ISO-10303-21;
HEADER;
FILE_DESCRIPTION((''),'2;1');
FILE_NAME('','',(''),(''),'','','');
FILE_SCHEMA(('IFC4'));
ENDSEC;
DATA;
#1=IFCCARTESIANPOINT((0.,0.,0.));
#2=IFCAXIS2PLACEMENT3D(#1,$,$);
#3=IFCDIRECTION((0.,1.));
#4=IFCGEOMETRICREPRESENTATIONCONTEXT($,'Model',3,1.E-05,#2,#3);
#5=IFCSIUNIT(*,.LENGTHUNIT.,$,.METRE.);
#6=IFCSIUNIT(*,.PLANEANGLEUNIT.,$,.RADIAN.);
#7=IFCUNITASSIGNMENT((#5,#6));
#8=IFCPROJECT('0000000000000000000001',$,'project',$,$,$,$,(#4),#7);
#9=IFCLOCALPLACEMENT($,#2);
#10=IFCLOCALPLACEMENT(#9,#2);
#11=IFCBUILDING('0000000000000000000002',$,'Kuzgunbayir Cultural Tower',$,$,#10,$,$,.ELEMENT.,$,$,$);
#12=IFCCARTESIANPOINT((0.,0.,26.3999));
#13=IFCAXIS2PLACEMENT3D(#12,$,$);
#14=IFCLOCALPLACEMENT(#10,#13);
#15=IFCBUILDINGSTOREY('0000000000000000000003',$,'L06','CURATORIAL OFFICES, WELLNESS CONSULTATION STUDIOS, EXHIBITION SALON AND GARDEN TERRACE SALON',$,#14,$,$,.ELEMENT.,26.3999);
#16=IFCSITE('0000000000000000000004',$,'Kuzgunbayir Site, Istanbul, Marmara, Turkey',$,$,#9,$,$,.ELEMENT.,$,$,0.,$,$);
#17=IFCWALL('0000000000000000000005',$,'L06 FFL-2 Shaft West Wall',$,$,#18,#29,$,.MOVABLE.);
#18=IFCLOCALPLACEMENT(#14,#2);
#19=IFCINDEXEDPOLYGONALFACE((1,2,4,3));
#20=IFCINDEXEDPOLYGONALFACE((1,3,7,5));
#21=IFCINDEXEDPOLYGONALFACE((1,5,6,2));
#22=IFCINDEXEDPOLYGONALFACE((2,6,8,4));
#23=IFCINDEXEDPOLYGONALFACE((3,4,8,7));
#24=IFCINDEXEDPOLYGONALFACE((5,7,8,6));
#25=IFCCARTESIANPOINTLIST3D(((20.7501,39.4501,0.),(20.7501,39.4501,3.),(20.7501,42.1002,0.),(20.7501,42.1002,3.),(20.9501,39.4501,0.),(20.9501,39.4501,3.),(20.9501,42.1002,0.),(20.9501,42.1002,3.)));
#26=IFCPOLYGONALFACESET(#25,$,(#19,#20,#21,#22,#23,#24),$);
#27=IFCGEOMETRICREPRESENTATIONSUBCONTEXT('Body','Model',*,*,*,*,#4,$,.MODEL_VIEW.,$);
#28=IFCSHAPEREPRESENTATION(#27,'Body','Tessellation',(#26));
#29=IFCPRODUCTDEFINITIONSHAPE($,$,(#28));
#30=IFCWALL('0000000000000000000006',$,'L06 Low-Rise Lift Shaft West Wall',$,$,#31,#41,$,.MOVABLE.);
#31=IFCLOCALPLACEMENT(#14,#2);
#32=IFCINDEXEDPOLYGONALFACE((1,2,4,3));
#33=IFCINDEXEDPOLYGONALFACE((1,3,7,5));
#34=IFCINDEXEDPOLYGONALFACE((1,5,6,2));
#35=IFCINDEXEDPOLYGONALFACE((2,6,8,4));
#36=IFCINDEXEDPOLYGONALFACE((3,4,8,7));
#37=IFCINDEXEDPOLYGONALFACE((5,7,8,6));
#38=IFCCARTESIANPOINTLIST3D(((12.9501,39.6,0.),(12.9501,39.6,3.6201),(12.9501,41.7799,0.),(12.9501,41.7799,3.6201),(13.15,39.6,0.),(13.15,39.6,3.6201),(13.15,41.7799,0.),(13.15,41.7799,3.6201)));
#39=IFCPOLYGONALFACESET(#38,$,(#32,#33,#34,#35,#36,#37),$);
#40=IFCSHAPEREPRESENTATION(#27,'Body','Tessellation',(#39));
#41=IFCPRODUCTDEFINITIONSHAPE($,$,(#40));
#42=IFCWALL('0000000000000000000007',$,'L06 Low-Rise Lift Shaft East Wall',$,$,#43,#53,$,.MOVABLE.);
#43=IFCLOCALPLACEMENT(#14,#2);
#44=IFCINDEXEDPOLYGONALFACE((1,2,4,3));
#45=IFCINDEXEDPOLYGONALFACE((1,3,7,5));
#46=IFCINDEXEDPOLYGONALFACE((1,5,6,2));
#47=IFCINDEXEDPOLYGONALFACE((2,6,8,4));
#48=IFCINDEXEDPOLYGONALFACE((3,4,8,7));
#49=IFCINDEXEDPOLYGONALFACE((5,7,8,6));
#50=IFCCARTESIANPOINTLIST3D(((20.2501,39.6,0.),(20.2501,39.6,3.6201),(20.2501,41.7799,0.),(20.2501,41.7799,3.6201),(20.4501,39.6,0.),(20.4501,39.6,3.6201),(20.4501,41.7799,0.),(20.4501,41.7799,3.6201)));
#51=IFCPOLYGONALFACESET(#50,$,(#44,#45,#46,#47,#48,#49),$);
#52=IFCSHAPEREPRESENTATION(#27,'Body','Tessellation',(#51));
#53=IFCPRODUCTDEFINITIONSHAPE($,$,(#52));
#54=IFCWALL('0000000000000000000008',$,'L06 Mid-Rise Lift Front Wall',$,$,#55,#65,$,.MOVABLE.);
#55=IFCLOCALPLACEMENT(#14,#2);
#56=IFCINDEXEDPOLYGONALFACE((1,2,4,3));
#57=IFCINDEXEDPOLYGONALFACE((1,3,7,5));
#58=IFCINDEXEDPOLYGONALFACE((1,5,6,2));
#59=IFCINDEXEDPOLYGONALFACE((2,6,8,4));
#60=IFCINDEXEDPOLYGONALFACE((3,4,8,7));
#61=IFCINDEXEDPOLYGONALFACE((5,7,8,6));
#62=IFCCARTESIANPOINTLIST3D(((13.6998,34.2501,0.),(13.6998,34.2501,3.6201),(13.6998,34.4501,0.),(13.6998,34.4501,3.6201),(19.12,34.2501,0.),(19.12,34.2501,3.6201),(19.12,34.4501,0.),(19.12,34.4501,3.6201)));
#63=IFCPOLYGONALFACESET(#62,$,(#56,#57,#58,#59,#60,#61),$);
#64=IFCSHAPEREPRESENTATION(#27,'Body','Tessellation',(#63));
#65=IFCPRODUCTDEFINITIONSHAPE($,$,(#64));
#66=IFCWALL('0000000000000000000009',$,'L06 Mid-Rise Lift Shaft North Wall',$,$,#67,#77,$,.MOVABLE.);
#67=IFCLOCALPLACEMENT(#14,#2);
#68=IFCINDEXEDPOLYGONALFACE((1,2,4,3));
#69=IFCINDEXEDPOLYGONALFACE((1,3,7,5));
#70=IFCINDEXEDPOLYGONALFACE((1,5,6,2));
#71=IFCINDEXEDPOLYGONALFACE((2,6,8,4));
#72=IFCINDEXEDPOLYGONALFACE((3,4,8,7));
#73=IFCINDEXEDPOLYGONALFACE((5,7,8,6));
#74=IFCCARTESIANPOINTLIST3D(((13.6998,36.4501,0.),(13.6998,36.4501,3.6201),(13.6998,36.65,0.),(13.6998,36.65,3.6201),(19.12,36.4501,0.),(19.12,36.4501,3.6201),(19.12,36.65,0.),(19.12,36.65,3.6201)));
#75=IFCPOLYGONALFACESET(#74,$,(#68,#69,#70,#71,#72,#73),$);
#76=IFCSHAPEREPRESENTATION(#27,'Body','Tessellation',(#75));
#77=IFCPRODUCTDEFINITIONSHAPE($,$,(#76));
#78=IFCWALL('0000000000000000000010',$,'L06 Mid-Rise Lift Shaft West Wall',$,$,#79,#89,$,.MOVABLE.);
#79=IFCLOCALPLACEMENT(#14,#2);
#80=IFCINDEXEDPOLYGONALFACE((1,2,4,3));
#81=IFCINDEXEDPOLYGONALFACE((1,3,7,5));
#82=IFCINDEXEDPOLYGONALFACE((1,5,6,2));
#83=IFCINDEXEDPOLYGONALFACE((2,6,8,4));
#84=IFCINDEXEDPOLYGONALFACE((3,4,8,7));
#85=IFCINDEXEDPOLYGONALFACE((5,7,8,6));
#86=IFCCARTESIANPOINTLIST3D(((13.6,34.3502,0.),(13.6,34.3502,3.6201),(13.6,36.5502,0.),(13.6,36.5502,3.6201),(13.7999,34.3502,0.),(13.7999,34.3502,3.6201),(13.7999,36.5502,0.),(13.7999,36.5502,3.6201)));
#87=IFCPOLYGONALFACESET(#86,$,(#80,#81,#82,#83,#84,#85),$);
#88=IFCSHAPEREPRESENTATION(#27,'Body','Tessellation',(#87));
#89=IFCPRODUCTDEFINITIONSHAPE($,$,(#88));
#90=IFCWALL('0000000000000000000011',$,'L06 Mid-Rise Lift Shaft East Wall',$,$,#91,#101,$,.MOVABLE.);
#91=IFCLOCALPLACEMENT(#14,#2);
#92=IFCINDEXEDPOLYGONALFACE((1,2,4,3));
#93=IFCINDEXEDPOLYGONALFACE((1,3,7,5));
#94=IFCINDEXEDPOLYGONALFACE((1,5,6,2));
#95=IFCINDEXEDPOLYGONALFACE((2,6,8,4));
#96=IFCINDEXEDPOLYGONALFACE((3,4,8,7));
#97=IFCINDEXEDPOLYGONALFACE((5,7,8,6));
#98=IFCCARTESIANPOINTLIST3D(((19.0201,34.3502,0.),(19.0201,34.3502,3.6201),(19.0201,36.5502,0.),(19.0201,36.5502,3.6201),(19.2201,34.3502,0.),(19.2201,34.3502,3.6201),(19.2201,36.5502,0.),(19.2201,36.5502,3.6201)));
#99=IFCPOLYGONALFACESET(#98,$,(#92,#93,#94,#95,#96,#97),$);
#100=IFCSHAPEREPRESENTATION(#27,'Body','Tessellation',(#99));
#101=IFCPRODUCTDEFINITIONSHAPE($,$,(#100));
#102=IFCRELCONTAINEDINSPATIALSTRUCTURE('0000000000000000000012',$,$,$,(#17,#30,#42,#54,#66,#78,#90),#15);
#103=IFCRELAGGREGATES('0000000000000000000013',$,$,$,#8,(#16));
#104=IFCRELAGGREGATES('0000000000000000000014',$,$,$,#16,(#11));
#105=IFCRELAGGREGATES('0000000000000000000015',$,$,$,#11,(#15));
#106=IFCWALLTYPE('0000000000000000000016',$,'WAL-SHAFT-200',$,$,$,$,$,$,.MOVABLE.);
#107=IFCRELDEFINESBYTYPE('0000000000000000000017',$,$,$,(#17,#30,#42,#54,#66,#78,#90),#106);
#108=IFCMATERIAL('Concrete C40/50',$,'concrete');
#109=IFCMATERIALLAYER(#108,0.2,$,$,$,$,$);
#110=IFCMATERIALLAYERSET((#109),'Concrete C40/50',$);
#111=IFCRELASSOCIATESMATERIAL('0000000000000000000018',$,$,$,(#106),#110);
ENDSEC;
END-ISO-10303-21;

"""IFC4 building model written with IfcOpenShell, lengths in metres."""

from ifc_helpers import new_model, si_unit, direction, frame, frame_2d, origin, place, context, subcontext, project, spatial, rectangle, extrude, material, layer, layer_set, type_object, element, save


model = new_model("IFC4")

# Units and contexts
model_context = context("Model", 3, precision=1e-05, world=origin(), true_north=direction((0.0, 1.0)))
body_context = subcontext(model_context, "Body", "Model", "MODEL_VIEW")
ifc_project = project(units=[si_unit("LENGTHUNIT", "METRE"), si_unit("PLANEANGLEUNIT", "RADIAN")], contexts=[model_context])

# Site, building, storey
site_placement = place(None, origin())
site = spatial("IfcSite", under=ifc_project, at=site_placement, Name="Kuzgunbayir Site, Istanbul, Marmara, Turkey", CompositionType="ELEMENT", RefElevation=0.0)
building_placement = place(site_placement, origin())
building = spatial("IfcBuilding", under=site, at=building_placement, Name="Kuzgunbayir Cultural Tower", CompositionType="ELEMENT")
storey_placement = place(building_placement, frame((0.0, 0.0, 26.3999)))
storey = spatial("IfcBuildingStorey", under=building, at=storey_placement, Name="L06", Description="CURATORIAL OFFICES, WELLNESS CONSULTATION STUDIOS, EXHIBITION SALON AND GARDEN TERRACE SALON", CompositionType="ELEMENT", Elevation=26.3999)

# Shared definitions
ifc_material_1 = material(Name="Concrete C40/50", Category="concrete")
ifc_layer_1 = layer(ifc_material_1, 0.2)
ifc_layer_set_1 = layer_set([ifc_layer_1], Name="Concrete C40/50")
wall_type_1 = type_object("IfcWallType", Name="WAL-SHAFT-200", PredefinedType="MOVABLE", material=ifc_layer_set_1)

# Wall
wall_1_placement = place(storey_placement, frame((20.8501, 39.45, 0.0), z_axis=(0.0, 0.0, 1.0), x_axis=(0.0, 1.0, 0.0)))
element("IfcWall", 1, at=wall_1_placement, inside=storey, type_object=wall_type_1, Name="L06 FFL-2 Shaft West Wall", PredefinedType="MOVABLE", context=body_context, shape_type="SweptSolid", body=[
    extrude(rectangle(XDim=2.6501, YDim=0.2, at=frame_2d((1.3252, 0.0))), origin(), (0.0, 0.0, 1.0), 3.0),
])

# Walls
for number, where, z_axis, x_axis, name in (
    (2, (13.05, 39.6001, 0.0), (0.0, 0.0, 1.0), (0.0, 1.0, 0.0), "L06 Low-Rise Lift Shaft West Wall"),
    (3, (20.3501, 39.6001, 0.0), (0.0, 0.0, 1.0), (0.0, 1.0, 0.0), "L06 Low-Rise Lift Shaft East Wall"),
):
    element("IfcWall", number, at=place(storey_placement, frame(where, z_axis=z_axis, x_axis=x_axis)), inside=storey, type_object=wall_type_1, Name=name, PredefinedType="MOVABLE", context=body_context, shape_type="SweptSolid", body=[
        extrude(rectangle(XDim=2.1799, YDim=0.2, at=frame_2d((1.0898, 0.0))), origin(), (0.0, 0.0, 1.0), 3.6201),
    ])
for number, where, z_axis, x_axis, name in (
    (4, (13.7, 34.3501, 0.0), (0.0, 0.0, 1.0), (1.0, 0.0, 0.0), "L06 Mid-Rise Lift Front Wall"),
    (5, (13.7, 36.55, 0.0), (0.0, 0.0, 1.0), (1.0, 0.0, 0.0), "L06 Mid-Rise Lift Shaft North Wall"),
):
    element("IfcWall", number, at=place(storey_placement, frame(where, z_axis=z_axis, x_axis=x_axis)), inside=storey, type_object=wall_type_1, Name=name, PredefinedType="MOVABLE", context=body_context, shape_type="SweptSolid", body=[
        extrude(rectangle(XDim=5.4202, YDim=0.2, at=frame_2d((2.71, 0.0))), origin(), (0.0, 0.0, 1.0), 3.6201),
    ])
for number, where, z_axis, x_axis, name in (
    (6, (13.7, 34.3501, 0.0), (0.0, 0.0, 1.0), (0.0, 1.0, 0.0), "L06 Mid-Rise Lift Shaft West Wall"),
    (7, (19.1201, 34.3501, 0.0), (0.0, 0.0, 1.0), (0.0, 1.0, 0.0), "L06 Mid-Rise Lift Shaft East Wall"),
):
    element("IfcWall", number, at=place(storey_placement, frame(where, z_axis=z_axis, x_axis=x_axis)), inside=storey, type_object=wall_type_1, Name=name, PredefinedType="MOVABLE", context=body_context, shape_type="SweptSolid", body=[
        extrude(rectangle(XDim=2.2, YDim=0.2, at=frame_2d((1.1001, 0.0))), origin(), (0.0, 0.0, 1.0), 3.6201),
    ])

save(model, "model.ifc")
